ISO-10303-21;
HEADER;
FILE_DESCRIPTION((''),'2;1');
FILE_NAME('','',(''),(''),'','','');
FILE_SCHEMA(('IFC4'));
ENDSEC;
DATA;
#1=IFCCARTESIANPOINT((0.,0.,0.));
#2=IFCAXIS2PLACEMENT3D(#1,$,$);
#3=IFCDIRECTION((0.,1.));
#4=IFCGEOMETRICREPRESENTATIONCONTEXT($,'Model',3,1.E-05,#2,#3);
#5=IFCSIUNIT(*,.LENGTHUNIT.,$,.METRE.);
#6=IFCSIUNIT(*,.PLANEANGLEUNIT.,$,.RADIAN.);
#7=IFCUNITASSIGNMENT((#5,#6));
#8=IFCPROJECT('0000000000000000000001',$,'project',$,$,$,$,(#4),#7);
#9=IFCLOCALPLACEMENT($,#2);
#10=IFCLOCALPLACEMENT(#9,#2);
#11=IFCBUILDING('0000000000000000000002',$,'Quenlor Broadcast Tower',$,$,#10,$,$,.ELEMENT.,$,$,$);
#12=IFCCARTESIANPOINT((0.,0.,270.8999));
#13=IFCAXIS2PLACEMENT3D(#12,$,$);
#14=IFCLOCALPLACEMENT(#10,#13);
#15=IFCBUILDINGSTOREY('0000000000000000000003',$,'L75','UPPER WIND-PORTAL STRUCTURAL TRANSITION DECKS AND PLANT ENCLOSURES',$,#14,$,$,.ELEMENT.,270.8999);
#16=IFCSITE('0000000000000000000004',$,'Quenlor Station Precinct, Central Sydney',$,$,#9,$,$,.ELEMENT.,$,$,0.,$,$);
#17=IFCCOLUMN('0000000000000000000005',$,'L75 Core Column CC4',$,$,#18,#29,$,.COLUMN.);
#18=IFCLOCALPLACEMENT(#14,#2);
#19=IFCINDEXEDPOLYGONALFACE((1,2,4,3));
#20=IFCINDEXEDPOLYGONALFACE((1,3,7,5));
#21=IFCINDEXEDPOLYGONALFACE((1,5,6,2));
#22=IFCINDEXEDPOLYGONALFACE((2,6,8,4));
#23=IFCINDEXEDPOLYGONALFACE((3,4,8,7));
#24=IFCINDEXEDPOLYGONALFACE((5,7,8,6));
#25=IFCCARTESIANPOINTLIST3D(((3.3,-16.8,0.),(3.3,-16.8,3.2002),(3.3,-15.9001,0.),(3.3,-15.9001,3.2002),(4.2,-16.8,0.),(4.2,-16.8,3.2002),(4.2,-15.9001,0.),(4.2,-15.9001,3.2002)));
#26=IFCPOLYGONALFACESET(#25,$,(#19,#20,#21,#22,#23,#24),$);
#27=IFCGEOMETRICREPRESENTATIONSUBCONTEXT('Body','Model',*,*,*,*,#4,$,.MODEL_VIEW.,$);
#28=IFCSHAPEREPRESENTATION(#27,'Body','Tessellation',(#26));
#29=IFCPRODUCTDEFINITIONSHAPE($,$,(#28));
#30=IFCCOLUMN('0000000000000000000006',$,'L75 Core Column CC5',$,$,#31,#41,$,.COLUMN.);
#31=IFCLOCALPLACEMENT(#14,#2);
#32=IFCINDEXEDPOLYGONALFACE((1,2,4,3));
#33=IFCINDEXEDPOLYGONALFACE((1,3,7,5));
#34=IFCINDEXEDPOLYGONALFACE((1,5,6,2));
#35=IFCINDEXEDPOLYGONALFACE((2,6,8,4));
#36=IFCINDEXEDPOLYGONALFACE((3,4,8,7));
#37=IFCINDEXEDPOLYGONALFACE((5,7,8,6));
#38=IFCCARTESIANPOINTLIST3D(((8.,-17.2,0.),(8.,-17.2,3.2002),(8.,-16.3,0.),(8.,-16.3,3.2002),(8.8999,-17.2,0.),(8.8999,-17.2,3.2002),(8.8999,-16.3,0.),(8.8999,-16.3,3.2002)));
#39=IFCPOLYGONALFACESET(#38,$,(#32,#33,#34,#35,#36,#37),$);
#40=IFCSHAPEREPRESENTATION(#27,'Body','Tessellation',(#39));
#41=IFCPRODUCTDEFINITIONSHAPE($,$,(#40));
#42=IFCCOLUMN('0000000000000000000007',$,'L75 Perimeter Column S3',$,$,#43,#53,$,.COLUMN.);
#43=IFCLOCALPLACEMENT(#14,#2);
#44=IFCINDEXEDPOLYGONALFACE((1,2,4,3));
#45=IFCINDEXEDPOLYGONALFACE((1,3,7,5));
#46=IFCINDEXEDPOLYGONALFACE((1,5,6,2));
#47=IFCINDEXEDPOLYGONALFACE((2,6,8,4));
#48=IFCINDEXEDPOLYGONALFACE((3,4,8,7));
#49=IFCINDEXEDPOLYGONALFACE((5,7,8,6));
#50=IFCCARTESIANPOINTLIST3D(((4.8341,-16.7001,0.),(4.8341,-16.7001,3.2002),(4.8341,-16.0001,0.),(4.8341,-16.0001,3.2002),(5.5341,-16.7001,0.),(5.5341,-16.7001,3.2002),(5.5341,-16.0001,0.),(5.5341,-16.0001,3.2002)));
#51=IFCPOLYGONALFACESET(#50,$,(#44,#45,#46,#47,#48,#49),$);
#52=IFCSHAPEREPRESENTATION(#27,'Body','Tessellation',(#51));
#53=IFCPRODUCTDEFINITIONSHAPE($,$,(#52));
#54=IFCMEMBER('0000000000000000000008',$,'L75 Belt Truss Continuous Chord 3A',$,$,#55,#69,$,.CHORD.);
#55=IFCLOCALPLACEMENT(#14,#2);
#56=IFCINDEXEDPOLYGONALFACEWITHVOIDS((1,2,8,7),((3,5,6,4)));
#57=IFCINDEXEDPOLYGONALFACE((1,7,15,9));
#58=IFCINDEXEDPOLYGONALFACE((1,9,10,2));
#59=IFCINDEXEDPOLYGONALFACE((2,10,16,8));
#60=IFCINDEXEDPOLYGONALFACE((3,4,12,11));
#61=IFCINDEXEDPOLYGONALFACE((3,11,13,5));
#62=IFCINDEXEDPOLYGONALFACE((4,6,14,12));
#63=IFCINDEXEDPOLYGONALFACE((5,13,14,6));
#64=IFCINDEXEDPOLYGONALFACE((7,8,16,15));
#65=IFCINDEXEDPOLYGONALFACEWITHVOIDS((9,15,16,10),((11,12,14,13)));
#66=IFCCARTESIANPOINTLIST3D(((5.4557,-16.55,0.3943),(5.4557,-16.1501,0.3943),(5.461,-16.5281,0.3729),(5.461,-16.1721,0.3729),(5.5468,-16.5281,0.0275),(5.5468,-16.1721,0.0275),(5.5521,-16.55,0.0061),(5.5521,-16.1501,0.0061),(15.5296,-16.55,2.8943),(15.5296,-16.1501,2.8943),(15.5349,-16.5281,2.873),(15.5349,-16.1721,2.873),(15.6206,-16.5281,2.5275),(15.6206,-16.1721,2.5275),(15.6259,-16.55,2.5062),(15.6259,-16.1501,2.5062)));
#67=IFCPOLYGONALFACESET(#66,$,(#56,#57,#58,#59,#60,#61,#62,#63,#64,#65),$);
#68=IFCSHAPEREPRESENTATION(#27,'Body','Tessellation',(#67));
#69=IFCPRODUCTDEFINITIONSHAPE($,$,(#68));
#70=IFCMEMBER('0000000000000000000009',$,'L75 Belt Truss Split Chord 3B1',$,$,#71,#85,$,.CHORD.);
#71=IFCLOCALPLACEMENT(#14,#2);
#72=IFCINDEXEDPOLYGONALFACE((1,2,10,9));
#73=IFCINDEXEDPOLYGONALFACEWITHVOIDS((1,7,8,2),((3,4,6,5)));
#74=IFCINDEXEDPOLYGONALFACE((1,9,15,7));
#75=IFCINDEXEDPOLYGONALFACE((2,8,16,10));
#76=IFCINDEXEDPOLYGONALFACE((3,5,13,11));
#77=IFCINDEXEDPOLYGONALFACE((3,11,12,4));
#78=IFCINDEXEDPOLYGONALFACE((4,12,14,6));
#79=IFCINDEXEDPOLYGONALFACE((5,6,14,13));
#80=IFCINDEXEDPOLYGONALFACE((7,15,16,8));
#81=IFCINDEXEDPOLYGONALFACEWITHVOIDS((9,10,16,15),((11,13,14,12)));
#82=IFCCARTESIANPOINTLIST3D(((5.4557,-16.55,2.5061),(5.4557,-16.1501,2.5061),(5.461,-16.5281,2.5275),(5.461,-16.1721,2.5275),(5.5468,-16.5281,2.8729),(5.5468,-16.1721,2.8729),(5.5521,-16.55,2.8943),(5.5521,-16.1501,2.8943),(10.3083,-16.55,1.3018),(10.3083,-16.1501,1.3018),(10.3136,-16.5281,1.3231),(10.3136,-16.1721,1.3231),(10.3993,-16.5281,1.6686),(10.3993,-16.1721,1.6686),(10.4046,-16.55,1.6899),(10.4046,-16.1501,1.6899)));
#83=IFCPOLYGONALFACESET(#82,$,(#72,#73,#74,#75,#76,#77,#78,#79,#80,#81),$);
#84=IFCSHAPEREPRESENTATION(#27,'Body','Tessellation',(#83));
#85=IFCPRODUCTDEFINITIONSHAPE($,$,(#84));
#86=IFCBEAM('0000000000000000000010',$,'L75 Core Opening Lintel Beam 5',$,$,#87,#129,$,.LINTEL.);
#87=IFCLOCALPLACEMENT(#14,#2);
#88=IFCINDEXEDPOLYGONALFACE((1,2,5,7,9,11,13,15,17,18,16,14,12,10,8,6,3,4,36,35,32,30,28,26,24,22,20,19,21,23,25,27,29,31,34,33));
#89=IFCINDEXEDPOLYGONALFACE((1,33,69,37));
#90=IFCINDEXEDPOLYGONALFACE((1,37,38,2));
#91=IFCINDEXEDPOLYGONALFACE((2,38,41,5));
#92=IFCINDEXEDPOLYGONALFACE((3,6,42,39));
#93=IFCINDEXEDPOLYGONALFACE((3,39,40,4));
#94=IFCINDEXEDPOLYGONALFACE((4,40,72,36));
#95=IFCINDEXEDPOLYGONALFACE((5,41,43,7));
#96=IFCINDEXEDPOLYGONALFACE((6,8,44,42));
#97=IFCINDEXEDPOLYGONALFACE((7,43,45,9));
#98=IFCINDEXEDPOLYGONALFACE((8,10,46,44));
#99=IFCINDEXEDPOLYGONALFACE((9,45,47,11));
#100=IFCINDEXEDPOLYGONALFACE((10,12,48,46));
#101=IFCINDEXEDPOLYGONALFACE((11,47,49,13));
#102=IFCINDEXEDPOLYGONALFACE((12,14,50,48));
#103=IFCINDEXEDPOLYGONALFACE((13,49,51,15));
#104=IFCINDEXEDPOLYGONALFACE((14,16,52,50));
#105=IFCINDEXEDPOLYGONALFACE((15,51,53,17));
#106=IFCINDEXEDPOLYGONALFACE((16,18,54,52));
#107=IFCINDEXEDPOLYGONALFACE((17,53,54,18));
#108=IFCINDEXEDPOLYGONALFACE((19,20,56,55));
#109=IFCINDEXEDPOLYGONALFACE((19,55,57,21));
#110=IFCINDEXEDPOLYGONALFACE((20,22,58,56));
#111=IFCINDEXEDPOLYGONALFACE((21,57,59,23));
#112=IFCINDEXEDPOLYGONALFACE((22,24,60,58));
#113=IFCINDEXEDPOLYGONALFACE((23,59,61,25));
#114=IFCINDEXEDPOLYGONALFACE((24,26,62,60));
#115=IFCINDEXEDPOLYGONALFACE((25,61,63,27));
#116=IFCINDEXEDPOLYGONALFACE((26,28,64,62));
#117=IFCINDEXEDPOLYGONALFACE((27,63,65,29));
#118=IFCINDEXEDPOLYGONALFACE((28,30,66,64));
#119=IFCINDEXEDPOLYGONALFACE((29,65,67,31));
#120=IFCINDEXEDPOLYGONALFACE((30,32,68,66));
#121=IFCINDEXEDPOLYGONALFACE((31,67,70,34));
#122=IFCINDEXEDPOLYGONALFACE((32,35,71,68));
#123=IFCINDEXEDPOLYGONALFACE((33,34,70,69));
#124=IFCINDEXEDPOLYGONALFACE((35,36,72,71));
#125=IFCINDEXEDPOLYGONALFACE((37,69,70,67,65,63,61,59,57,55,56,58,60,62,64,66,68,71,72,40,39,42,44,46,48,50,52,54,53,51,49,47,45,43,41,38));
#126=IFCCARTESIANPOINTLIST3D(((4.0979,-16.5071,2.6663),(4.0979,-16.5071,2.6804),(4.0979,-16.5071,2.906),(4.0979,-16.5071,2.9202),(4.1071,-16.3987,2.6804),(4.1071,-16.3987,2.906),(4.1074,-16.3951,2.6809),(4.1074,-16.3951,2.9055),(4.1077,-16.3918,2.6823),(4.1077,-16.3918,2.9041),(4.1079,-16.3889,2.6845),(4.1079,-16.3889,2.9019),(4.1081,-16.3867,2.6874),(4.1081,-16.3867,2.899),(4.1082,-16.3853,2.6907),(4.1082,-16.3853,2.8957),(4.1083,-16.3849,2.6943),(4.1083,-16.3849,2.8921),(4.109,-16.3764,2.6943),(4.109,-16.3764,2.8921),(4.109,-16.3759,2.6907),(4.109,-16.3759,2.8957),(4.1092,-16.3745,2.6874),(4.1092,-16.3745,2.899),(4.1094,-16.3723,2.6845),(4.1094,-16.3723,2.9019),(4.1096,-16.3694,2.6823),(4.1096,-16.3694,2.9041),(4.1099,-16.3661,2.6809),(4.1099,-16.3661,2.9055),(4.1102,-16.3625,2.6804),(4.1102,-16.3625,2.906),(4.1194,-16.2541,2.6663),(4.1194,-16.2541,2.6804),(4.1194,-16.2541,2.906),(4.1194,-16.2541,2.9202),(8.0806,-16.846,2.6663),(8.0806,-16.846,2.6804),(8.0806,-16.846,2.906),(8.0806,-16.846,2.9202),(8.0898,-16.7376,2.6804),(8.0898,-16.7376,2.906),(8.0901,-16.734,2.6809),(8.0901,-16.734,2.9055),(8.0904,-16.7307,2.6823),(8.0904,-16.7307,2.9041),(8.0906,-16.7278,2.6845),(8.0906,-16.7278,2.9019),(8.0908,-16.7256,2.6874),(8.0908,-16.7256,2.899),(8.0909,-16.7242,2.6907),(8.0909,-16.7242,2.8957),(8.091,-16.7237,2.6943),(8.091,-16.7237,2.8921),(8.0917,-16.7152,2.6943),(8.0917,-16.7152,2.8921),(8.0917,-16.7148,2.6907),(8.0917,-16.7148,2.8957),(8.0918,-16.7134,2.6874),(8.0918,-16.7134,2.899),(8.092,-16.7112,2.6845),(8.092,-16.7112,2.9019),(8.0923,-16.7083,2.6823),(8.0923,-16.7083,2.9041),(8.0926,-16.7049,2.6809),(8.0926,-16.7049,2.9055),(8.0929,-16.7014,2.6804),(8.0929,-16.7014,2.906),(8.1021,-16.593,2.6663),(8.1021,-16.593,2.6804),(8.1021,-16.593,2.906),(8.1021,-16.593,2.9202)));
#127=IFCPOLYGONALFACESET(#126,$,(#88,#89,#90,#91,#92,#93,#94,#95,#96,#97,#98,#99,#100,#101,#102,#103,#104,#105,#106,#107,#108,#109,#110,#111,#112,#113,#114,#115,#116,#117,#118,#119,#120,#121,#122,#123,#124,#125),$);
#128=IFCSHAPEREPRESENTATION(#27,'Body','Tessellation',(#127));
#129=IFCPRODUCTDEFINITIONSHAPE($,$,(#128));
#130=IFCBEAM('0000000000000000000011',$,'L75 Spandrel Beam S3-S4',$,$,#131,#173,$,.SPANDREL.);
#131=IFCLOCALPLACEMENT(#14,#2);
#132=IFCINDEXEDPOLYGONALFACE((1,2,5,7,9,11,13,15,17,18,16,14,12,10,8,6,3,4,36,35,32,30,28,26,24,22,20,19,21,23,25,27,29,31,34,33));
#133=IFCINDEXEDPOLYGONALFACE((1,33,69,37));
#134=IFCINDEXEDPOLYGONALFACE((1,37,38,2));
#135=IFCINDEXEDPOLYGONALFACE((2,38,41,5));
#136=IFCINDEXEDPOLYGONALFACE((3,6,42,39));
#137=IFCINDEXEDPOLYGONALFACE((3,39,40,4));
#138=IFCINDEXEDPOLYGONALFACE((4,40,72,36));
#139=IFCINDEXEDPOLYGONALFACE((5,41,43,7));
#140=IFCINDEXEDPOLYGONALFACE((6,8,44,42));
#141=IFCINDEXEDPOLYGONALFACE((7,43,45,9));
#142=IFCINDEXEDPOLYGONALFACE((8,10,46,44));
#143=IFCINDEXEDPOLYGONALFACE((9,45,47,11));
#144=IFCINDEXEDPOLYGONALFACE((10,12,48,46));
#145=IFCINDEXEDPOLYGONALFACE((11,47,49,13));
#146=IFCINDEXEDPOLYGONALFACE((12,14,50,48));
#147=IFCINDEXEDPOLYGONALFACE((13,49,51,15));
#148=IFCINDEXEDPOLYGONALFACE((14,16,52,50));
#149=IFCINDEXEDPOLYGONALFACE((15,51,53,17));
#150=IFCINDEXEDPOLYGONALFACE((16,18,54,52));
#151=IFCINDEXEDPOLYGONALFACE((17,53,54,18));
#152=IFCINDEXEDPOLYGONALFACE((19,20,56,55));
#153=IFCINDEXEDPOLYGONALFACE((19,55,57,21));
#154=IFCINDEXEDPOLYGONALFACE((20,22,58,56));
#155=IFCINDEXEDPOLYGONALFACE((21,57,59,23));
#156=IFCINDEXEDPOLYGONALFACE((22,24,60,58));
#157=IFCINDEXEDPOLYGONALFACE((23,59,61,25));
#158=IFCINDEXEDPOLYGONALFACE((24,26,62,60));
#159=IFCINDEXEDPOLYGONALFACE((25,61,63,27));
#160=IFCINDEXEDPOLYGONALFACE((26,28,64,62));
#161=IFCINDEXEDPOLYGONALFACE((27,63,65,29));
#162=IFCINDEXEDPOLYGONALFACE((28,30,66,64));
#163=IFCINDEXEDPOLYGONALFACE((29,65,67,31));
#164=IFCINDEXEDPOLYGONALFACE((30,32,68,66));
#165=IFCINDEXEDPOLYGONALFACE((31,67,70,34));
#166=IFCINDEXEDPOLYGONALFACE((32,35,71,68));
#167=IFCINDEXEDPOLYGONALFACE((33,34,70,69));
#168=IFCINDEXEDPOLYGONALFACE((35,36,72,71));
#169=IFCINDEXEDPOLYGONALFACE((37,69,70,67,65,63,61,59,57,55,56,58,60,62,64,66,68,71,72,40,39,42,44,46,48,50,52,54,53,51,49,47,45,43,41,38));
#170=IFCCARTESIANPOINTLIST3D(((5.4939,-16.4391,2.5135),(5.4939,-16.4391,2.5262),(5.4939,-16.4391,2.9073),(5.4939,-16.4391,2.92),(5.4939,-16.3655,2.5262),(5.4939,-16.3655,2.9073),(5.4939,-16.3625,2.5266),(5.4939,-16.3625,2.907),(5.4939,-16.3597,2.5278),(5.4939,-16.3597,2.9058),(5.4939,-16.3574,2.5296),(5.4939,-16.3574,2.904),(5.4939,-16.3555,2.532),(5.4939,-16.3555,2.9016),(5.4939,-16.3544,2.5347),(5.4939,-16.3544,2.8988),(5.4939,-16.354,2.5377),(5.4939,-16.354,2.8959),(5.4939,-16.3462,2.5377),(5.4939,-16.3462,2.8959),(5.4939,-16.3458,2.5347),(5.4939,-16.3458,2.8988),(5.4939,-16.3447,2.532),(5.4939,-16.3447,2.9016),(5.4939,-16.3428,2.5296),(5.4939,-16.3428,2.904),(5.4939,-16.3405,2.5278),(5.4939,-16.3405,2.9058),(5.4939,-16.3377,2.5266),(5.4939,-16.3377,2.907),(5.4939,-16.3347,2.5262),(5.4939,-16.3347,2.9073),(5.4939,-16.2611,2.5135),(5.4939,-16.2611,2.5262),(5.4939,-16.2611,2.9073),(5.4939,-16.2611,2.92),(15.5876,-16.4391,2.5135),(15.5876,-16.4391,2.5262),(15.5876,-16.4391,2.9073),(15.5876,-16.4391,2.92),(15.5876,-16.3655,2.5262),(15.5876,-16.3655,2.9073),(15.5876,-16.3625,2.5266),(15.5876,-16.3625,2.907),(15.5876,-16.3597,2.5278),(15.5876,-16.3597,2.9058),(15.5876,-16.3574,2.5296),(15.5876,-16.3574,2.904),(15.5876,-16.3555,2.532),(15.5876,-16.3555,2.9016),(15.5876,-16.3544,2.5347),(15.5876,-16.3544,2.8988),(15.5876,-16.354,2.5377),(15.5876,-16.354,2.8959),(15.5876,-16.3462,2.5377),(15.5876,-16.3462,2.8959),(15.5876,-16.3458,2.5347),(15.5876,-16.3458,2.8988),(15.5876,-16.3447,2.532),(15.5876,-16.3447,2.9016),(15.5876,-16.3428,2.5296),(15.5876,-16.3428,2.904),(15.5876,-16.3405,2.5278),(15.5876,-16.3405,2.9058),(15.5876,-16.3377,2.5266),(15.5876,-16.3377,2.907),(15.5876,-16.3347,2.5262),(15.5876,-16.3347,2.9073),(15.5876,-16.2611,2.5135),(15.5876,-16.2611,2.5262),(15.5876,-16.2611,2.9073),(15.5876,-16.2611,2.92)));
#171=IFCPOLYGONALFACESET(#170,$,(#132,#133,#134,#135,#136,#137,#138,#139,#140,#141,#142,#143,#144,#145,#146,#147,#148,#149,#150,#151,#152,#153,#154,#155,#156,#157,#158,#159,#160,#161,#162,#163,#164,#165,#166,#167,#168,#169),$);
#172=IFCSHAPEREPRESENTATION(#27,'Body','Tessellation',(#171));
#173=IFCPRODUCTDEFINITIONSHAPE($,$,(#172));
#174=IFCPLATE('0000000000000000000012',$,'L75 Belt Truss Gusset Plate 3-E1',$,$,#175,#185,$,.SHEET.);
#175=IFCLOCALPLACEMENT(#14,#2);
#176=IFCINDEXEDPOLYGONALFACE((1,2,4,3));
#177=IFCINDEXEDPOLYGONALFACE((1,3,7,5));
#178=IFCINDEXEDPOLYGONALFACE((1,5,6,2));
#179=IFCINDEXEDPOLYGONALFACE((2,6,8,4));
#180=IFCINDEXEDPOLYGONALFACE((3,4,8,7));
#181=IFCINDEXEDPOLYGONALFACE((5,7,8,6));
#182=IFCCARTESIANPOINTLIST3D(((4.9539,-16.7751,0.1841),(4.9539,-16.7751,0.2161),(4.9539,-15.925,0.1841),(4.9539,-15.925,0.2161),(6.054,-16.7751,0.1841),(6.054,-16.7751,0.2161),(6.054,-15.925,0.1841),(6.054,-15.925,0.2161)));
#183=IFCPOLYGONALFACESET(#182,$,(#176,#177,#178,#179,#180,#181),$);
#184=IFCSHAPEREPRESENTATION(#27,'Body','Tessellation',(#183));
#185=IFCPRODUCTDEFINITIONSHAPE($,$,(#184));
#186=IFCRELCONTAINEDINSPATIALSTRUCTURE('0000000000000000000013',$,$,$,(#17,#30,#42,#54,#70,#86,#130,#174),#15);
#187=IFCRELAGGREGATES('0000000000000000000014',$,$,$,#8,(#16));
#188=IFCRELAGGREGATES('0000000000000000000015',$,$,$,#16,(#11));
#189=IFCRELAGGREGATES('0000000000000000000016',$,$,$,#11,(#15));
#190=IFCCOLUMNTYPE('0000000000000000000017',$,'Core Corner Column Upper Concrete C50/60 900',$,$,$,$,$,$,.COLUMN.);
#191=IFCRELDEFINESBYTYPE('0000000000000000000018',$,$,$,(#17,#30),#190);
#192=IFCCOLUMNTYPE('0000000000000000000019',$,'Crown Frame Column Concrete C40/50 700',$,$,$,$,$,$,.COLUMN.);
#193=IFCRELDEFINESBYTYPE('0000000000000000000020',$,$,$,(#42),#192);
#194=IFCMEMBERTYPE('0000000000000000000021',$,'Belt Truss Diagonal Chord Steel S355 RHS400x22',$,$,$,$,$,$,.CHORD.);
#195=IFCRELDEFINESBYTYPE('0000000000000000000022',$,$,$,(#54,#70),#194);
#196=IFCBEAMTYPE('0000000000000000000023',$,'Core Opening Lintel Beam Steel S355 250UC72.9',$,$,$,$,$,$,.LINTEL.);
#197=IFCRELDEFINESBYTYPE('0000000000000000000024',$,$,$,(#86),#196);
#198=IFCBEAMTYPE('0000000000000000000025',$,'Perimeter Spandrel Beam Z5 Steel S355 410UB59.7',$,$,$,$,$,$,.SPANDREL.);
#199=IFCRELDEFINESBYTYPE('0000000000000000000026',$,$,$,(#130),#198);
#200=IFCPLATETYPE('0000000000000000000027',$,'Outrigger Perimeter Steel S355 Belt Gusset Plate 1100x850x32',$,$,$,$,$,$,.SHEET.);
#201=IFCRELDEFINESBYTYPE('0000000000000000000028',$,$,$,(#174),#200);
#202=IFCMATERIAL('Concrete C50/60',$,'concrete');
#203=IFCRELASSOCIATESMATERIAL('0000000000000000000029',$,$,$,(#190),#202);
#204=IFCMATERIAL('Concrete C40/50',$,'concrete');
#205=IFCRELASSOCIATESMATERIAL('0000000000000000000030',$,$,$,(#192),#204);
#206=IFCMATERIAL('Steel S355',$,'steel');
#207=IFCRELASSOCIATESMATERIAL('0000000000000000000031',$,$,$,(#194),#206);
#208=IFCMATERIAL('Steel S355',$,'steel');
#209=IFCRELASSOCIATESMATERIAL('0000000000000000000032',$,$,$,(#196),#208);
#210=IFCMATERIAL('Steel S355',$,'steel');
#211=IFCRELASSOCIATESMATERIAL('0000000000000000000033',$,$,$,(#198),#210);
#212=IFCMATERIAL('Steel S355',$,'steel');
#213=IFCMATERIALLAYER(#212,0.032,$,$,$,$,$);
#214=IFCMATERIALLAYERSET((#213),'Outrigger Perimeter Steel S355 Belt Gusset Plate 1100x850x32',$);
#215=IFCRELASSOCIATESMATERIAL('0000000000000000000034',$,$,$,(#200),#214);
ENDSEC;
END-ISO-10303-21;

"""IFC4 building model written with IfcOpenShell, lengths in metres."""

from ifc_helpers import new_model, si_unit, direction, frame, origin, origin_2d, place, context, subcontext, project, spatial, rectangle, hollow_rectangle, i_section, extrude, material, layer, layer_set, material_profile, profile_set, type_object, element, save


model = new_model("IFC4")

# Units and contexts
model_context = context("Model", 3, precision=1e-05, world=origin(), true_north=direction((0.0, 1.0)))
body_context = subcontext(model_context, "Body", "Model", "MODEL_VIEW")
ifc_project = project(units=[si_unit("LENGTHUNIT", "METRE"), si_unit("PLANEANGLEUNIT", "RADIAN")], contexts=[model_context])

# Site, building, storey
site_placement = place(None, origin())
site = spatial("IfcSite", under=ifc_project, at=site_placement, Name="Quenlor Station Precinct, Central Sydney", CompositionType="ELEMENT", RefElevation=0.0)
building_placement = place(site_placement, origin())
building = spatial("IfcBuilding", under=site, at=building_placement, Name="Quenlor Broadcast Tower", CompositionType="ELEMENT")
storey_placement = place(building_placement, frame((0.0, 0.0, 270.8999)))
storey = spatial("IfcBuildingStorey", under=building, at=storey_placement, Name="L75", Description="UPPER WIND-PORTAL STRUCTURAL TRANSITION DECKS AND PLANT ENCLOSURES", CompositionType="ELEMENT", Elevation=270.8999)

# Columns
ifc_material_1 = material(Name="Concrete C50/60", Category="concrete")
ifc_material_profile_1 = material_profile(ifc_material_1, rectangle(XDim=0.8999, YDim=0.8999, at=origin_2d()))
ifc_profile_set_1 = profile_set([ifc_material_profile_1], Name="Concrete C50/60 RC900x900")
column_type_1 = type_object("IfcColumnType", Name="Core Corner Column Upper Concrete C50/60 900", PredefinedType="COLUMN", material=ifc_profile_set_1)
for number, where, z_axis, x_axis, name in (
    (1, (3.75, -16.3501, 0.0), (0.0, 0.0, 1.0), (1.0, 0.0, 0.0), "L75 Core Column CC4"),
    (2, (8.45, -16.75, 0.0), (0.0, 0.0, 1.0), (1.0, 0.0, 0.0), "L75 Core Column CC5"),
):
    element("IfcColumn", number, at=place(storey_placement, frame(where, z_axis=z_axis, x_axis=x_axis)), inside=storey, type_object=column_type_1, Name=name, PredefinedType="COLUMN", context=body_context, shape_type="SweptSolid", body=[
        extrude(rectangle(XDim=0.8999, YDim=0.8999, at=origin_2d()), origin(), (0.0, 0.0, 1.0), 3.2002),
    ])
ifc_material_2 = material(Name="Concrete C40/50", Category="concrete")
ifc_material_profile_2 = material_profile(ifc_material_2, rectangle(XDim=0.7, YDim=0.7, at=origin_2d()))
ifc_profile_set_2 = profile_set([ifc_material_profile_2], Name="Concrete C40/50 RC700x700")
column_type_2 = type_object("IfcColumnType", Name="Crown Frame Column Concrete C40/50 700", PredefinedType="COLUMN", material=ifc_profile_set_2)
column_placement = place(storey_placement, frame((5.1841, -16.3501, 0.0), z_axis=(0.0, 0.0, 1.0), x_axis=(0.0, 1.0, 0.0)))
element("IfcColumn", 3, at=column_placement, inside=storey, type_object=column_type_2, Name="L75 Perimeter Column S3", PredefinedType="COLUMN", context=body_context, shape_type="SweptSolid", body=[
    extrude(rectangle(XDim=0.7, YDim=0.7, at=origin_2d()), origin(), (0.0, 0.0, 1.0), 3.2002),
])

# Members
ifc_material_3 = material(Name="Steel S355", Category="steel")
ifc_material_profile_3 = material_profile(ifc_material_3, hollow_rectangle(XDim=0.3999, YDim=0.3999, WallThickness=0.022, at=origin_2d()))
ifc_profile_set_3 = profile_set([ifc_material_profile_3], Name="Steel S355 RHS400x400x22")
member_type = type_object("IfcMemberType", Name="Belt Truss Diagonal Chord Steel S355 RHS400x22", PredefinedType="CHORD", material=ifc_profile_set_3)
member_1_placement = place(storey_placement, frame((5.5039, -16.3501, 0.2002), z_axis=(0.970559, 0.0, 0.240864), x_axis=(0.0, 1.0, 0.0)))
element("IfcMember", 4, at=member_1_placement, inside=storey, type_object=member_type, Name="L75 Belt Truss Continuous Chord 3A", PredefinedType="CHORD", context=body_context, shape_type="SweptSolid", body=[
    extrude(hollow_rectangle(XDim=0.3999, YDim=0.3999, WallThickness=0.022, at=origin_2d()), origin(), (0.0, 0.0, 1.0), 10.3794),
])
member_2_placement = place(storey_placement, frame((5.5039, -16.3501, 2.7002), z_axis=(0.970555, 0.0, -0.240881), x_axis=(0.0, 1.0, 0.0)))
element("IfcMember", 5, at=member_2_placement, inside=storey, type_object=member_type, Name="L75 Belt Truss Split Chord 3B1", PredefinedType="CHORD", context=body_context, shape_type="SweptSolid", body=[
    extrude(hollow_rectangle(XDim=0.3999, YDim=0.3999, WallThickness=0.022, at=origin_2d()), origin(), (0.0, 0.0, 1.0), 4.9998),
])

# Beams
ifc_material_4 = material(Name="Steel S355", Category="steel")
ifc_material_profile_4 = material_profile(ifc_material_4, i_section(OverallWidth=0.2539, OverallDepth=0.2539, WebThickness=0.0085, FlangeThickness=0.0142, FilletRadius=0.0139, at=origin_2d()))
ifc_profile_set_4 = profile_set([ifc_material_profile_4], Name="Steel S355 250UC72.9")
beam_type_1 = type_object("IfcBeamType", Name="Core Opening Lintel Beam Steel S355 250UC72.9", PredefinedType="LINTEL", material=ifc_profile_set_4)
beam_1_placement = place(storey_placement, frame((4.1086, -16.3806, 2.7932), z_axis=(0.9964, -0.084779, 0.0), x_axis=(0.084779, 0.9964, 0.0)))
element("IfcBeam", 6, at=beam_1_placement, inside=storey, type_object=beam_type_1, Name="L75 Core Opening Lintel Beam 5", PredefinedType="LINTEL", context=body_context, shape_type="SweptSolid", body=[
    extrude(i_section(OverallWidth=0.2539, OverallDepth=0.2539, WebThickness=0.0085, FlangeThickness=0.0142, FilletRadius=0.0139, at=origin_2d()), origin(), (0.0, 0.0, 1.0), 3.9971),
])
ifc_material_5 = material(Name="Steel S355", Category="steel")
ifc_material_profile_5 = material_profile(ifc_material_5, i_section(OverallWidth=0.178, OverallDepth=0.4065, WebThickness=0.0078, FlangeThickness=0.0127, FilletRadius=0.0115, at=origin_2d()))
ifc_profile_set_5 = profile_set([ifc_material_profile_5], Name="Steel S355 410UB59.7")
beam_type_2 = type_object("IfcBeamType", Name="Perimeter Spandrel Beam Z5 Steel S355 410UB59.7", PredefinedType="SPANDREL", material=ifc_profile_set_5)
beam_2_placement = place(storey_placement, frame((5.4939, -16.3501, 2.7168), z_axis=(1.0, 0.0, 0.0), x_axis=(0.0, 1.0, 0.0)))
element("IfcBeam", 7, at=beam_2_placement, inside=storey, type_object=beam_type_2, Name="L75 Spandrel Beam S3-S4", PredefinedType="SPANDREL", context=body_context, shape_type="SweptSolid", body=[
    extrude(i_section(OverallWidth=0.178, OverallDepth=0.4065, WebThickness=0.0078, FlangeThickness=0.0127, FilletRadius=0.0115, at=origin_2d()), origin(), (0.0, 0.0, 1.0), 10.0938),
])

# Plate
ifc_material_6 = material(Name="Steel S355", Category="steel")
ifc_layer_1 = layer(ifc_material_6, 0.032)
ifc_layer_set_1 = layer_set([ifc_layer_1], Name="Outrigger Perimeter Steel S355 Belt Gusset Plate 1100x850x32")
plate_type = type_object("IfcPlateType", Name="Outrigger Perimeter Steel S355 Belt Gusset Plate 1100x850x32", PredefinedType="SHEET", material=ifc_layer_set_1)
for number, where, z_axis, x_axis, name in (
    (8, (5.5039, -16.3501, 0.1841), (0.0, 0.0, 1.0), (1.0, 0.0, 0.0), "L75 Belt Truss Gusset Plate 3-E1"),
):
    element("IfcPlate", number, at=place(storey_placement, frame(where, z_axis=z_axis, x_axis=x_axis)), inside=storey, type_object=plate_type, Name=name, PredefinedType="SHEET", context=body_context, shape_type="SweptSolid", body=[
        extrude(rectangle(XDim=1.1001, YDim=0.8501, at=origin_2d()), origin(), (0.0, 0.0, 1.0), 0.032),
    ])

save(model, "model.ifc")
